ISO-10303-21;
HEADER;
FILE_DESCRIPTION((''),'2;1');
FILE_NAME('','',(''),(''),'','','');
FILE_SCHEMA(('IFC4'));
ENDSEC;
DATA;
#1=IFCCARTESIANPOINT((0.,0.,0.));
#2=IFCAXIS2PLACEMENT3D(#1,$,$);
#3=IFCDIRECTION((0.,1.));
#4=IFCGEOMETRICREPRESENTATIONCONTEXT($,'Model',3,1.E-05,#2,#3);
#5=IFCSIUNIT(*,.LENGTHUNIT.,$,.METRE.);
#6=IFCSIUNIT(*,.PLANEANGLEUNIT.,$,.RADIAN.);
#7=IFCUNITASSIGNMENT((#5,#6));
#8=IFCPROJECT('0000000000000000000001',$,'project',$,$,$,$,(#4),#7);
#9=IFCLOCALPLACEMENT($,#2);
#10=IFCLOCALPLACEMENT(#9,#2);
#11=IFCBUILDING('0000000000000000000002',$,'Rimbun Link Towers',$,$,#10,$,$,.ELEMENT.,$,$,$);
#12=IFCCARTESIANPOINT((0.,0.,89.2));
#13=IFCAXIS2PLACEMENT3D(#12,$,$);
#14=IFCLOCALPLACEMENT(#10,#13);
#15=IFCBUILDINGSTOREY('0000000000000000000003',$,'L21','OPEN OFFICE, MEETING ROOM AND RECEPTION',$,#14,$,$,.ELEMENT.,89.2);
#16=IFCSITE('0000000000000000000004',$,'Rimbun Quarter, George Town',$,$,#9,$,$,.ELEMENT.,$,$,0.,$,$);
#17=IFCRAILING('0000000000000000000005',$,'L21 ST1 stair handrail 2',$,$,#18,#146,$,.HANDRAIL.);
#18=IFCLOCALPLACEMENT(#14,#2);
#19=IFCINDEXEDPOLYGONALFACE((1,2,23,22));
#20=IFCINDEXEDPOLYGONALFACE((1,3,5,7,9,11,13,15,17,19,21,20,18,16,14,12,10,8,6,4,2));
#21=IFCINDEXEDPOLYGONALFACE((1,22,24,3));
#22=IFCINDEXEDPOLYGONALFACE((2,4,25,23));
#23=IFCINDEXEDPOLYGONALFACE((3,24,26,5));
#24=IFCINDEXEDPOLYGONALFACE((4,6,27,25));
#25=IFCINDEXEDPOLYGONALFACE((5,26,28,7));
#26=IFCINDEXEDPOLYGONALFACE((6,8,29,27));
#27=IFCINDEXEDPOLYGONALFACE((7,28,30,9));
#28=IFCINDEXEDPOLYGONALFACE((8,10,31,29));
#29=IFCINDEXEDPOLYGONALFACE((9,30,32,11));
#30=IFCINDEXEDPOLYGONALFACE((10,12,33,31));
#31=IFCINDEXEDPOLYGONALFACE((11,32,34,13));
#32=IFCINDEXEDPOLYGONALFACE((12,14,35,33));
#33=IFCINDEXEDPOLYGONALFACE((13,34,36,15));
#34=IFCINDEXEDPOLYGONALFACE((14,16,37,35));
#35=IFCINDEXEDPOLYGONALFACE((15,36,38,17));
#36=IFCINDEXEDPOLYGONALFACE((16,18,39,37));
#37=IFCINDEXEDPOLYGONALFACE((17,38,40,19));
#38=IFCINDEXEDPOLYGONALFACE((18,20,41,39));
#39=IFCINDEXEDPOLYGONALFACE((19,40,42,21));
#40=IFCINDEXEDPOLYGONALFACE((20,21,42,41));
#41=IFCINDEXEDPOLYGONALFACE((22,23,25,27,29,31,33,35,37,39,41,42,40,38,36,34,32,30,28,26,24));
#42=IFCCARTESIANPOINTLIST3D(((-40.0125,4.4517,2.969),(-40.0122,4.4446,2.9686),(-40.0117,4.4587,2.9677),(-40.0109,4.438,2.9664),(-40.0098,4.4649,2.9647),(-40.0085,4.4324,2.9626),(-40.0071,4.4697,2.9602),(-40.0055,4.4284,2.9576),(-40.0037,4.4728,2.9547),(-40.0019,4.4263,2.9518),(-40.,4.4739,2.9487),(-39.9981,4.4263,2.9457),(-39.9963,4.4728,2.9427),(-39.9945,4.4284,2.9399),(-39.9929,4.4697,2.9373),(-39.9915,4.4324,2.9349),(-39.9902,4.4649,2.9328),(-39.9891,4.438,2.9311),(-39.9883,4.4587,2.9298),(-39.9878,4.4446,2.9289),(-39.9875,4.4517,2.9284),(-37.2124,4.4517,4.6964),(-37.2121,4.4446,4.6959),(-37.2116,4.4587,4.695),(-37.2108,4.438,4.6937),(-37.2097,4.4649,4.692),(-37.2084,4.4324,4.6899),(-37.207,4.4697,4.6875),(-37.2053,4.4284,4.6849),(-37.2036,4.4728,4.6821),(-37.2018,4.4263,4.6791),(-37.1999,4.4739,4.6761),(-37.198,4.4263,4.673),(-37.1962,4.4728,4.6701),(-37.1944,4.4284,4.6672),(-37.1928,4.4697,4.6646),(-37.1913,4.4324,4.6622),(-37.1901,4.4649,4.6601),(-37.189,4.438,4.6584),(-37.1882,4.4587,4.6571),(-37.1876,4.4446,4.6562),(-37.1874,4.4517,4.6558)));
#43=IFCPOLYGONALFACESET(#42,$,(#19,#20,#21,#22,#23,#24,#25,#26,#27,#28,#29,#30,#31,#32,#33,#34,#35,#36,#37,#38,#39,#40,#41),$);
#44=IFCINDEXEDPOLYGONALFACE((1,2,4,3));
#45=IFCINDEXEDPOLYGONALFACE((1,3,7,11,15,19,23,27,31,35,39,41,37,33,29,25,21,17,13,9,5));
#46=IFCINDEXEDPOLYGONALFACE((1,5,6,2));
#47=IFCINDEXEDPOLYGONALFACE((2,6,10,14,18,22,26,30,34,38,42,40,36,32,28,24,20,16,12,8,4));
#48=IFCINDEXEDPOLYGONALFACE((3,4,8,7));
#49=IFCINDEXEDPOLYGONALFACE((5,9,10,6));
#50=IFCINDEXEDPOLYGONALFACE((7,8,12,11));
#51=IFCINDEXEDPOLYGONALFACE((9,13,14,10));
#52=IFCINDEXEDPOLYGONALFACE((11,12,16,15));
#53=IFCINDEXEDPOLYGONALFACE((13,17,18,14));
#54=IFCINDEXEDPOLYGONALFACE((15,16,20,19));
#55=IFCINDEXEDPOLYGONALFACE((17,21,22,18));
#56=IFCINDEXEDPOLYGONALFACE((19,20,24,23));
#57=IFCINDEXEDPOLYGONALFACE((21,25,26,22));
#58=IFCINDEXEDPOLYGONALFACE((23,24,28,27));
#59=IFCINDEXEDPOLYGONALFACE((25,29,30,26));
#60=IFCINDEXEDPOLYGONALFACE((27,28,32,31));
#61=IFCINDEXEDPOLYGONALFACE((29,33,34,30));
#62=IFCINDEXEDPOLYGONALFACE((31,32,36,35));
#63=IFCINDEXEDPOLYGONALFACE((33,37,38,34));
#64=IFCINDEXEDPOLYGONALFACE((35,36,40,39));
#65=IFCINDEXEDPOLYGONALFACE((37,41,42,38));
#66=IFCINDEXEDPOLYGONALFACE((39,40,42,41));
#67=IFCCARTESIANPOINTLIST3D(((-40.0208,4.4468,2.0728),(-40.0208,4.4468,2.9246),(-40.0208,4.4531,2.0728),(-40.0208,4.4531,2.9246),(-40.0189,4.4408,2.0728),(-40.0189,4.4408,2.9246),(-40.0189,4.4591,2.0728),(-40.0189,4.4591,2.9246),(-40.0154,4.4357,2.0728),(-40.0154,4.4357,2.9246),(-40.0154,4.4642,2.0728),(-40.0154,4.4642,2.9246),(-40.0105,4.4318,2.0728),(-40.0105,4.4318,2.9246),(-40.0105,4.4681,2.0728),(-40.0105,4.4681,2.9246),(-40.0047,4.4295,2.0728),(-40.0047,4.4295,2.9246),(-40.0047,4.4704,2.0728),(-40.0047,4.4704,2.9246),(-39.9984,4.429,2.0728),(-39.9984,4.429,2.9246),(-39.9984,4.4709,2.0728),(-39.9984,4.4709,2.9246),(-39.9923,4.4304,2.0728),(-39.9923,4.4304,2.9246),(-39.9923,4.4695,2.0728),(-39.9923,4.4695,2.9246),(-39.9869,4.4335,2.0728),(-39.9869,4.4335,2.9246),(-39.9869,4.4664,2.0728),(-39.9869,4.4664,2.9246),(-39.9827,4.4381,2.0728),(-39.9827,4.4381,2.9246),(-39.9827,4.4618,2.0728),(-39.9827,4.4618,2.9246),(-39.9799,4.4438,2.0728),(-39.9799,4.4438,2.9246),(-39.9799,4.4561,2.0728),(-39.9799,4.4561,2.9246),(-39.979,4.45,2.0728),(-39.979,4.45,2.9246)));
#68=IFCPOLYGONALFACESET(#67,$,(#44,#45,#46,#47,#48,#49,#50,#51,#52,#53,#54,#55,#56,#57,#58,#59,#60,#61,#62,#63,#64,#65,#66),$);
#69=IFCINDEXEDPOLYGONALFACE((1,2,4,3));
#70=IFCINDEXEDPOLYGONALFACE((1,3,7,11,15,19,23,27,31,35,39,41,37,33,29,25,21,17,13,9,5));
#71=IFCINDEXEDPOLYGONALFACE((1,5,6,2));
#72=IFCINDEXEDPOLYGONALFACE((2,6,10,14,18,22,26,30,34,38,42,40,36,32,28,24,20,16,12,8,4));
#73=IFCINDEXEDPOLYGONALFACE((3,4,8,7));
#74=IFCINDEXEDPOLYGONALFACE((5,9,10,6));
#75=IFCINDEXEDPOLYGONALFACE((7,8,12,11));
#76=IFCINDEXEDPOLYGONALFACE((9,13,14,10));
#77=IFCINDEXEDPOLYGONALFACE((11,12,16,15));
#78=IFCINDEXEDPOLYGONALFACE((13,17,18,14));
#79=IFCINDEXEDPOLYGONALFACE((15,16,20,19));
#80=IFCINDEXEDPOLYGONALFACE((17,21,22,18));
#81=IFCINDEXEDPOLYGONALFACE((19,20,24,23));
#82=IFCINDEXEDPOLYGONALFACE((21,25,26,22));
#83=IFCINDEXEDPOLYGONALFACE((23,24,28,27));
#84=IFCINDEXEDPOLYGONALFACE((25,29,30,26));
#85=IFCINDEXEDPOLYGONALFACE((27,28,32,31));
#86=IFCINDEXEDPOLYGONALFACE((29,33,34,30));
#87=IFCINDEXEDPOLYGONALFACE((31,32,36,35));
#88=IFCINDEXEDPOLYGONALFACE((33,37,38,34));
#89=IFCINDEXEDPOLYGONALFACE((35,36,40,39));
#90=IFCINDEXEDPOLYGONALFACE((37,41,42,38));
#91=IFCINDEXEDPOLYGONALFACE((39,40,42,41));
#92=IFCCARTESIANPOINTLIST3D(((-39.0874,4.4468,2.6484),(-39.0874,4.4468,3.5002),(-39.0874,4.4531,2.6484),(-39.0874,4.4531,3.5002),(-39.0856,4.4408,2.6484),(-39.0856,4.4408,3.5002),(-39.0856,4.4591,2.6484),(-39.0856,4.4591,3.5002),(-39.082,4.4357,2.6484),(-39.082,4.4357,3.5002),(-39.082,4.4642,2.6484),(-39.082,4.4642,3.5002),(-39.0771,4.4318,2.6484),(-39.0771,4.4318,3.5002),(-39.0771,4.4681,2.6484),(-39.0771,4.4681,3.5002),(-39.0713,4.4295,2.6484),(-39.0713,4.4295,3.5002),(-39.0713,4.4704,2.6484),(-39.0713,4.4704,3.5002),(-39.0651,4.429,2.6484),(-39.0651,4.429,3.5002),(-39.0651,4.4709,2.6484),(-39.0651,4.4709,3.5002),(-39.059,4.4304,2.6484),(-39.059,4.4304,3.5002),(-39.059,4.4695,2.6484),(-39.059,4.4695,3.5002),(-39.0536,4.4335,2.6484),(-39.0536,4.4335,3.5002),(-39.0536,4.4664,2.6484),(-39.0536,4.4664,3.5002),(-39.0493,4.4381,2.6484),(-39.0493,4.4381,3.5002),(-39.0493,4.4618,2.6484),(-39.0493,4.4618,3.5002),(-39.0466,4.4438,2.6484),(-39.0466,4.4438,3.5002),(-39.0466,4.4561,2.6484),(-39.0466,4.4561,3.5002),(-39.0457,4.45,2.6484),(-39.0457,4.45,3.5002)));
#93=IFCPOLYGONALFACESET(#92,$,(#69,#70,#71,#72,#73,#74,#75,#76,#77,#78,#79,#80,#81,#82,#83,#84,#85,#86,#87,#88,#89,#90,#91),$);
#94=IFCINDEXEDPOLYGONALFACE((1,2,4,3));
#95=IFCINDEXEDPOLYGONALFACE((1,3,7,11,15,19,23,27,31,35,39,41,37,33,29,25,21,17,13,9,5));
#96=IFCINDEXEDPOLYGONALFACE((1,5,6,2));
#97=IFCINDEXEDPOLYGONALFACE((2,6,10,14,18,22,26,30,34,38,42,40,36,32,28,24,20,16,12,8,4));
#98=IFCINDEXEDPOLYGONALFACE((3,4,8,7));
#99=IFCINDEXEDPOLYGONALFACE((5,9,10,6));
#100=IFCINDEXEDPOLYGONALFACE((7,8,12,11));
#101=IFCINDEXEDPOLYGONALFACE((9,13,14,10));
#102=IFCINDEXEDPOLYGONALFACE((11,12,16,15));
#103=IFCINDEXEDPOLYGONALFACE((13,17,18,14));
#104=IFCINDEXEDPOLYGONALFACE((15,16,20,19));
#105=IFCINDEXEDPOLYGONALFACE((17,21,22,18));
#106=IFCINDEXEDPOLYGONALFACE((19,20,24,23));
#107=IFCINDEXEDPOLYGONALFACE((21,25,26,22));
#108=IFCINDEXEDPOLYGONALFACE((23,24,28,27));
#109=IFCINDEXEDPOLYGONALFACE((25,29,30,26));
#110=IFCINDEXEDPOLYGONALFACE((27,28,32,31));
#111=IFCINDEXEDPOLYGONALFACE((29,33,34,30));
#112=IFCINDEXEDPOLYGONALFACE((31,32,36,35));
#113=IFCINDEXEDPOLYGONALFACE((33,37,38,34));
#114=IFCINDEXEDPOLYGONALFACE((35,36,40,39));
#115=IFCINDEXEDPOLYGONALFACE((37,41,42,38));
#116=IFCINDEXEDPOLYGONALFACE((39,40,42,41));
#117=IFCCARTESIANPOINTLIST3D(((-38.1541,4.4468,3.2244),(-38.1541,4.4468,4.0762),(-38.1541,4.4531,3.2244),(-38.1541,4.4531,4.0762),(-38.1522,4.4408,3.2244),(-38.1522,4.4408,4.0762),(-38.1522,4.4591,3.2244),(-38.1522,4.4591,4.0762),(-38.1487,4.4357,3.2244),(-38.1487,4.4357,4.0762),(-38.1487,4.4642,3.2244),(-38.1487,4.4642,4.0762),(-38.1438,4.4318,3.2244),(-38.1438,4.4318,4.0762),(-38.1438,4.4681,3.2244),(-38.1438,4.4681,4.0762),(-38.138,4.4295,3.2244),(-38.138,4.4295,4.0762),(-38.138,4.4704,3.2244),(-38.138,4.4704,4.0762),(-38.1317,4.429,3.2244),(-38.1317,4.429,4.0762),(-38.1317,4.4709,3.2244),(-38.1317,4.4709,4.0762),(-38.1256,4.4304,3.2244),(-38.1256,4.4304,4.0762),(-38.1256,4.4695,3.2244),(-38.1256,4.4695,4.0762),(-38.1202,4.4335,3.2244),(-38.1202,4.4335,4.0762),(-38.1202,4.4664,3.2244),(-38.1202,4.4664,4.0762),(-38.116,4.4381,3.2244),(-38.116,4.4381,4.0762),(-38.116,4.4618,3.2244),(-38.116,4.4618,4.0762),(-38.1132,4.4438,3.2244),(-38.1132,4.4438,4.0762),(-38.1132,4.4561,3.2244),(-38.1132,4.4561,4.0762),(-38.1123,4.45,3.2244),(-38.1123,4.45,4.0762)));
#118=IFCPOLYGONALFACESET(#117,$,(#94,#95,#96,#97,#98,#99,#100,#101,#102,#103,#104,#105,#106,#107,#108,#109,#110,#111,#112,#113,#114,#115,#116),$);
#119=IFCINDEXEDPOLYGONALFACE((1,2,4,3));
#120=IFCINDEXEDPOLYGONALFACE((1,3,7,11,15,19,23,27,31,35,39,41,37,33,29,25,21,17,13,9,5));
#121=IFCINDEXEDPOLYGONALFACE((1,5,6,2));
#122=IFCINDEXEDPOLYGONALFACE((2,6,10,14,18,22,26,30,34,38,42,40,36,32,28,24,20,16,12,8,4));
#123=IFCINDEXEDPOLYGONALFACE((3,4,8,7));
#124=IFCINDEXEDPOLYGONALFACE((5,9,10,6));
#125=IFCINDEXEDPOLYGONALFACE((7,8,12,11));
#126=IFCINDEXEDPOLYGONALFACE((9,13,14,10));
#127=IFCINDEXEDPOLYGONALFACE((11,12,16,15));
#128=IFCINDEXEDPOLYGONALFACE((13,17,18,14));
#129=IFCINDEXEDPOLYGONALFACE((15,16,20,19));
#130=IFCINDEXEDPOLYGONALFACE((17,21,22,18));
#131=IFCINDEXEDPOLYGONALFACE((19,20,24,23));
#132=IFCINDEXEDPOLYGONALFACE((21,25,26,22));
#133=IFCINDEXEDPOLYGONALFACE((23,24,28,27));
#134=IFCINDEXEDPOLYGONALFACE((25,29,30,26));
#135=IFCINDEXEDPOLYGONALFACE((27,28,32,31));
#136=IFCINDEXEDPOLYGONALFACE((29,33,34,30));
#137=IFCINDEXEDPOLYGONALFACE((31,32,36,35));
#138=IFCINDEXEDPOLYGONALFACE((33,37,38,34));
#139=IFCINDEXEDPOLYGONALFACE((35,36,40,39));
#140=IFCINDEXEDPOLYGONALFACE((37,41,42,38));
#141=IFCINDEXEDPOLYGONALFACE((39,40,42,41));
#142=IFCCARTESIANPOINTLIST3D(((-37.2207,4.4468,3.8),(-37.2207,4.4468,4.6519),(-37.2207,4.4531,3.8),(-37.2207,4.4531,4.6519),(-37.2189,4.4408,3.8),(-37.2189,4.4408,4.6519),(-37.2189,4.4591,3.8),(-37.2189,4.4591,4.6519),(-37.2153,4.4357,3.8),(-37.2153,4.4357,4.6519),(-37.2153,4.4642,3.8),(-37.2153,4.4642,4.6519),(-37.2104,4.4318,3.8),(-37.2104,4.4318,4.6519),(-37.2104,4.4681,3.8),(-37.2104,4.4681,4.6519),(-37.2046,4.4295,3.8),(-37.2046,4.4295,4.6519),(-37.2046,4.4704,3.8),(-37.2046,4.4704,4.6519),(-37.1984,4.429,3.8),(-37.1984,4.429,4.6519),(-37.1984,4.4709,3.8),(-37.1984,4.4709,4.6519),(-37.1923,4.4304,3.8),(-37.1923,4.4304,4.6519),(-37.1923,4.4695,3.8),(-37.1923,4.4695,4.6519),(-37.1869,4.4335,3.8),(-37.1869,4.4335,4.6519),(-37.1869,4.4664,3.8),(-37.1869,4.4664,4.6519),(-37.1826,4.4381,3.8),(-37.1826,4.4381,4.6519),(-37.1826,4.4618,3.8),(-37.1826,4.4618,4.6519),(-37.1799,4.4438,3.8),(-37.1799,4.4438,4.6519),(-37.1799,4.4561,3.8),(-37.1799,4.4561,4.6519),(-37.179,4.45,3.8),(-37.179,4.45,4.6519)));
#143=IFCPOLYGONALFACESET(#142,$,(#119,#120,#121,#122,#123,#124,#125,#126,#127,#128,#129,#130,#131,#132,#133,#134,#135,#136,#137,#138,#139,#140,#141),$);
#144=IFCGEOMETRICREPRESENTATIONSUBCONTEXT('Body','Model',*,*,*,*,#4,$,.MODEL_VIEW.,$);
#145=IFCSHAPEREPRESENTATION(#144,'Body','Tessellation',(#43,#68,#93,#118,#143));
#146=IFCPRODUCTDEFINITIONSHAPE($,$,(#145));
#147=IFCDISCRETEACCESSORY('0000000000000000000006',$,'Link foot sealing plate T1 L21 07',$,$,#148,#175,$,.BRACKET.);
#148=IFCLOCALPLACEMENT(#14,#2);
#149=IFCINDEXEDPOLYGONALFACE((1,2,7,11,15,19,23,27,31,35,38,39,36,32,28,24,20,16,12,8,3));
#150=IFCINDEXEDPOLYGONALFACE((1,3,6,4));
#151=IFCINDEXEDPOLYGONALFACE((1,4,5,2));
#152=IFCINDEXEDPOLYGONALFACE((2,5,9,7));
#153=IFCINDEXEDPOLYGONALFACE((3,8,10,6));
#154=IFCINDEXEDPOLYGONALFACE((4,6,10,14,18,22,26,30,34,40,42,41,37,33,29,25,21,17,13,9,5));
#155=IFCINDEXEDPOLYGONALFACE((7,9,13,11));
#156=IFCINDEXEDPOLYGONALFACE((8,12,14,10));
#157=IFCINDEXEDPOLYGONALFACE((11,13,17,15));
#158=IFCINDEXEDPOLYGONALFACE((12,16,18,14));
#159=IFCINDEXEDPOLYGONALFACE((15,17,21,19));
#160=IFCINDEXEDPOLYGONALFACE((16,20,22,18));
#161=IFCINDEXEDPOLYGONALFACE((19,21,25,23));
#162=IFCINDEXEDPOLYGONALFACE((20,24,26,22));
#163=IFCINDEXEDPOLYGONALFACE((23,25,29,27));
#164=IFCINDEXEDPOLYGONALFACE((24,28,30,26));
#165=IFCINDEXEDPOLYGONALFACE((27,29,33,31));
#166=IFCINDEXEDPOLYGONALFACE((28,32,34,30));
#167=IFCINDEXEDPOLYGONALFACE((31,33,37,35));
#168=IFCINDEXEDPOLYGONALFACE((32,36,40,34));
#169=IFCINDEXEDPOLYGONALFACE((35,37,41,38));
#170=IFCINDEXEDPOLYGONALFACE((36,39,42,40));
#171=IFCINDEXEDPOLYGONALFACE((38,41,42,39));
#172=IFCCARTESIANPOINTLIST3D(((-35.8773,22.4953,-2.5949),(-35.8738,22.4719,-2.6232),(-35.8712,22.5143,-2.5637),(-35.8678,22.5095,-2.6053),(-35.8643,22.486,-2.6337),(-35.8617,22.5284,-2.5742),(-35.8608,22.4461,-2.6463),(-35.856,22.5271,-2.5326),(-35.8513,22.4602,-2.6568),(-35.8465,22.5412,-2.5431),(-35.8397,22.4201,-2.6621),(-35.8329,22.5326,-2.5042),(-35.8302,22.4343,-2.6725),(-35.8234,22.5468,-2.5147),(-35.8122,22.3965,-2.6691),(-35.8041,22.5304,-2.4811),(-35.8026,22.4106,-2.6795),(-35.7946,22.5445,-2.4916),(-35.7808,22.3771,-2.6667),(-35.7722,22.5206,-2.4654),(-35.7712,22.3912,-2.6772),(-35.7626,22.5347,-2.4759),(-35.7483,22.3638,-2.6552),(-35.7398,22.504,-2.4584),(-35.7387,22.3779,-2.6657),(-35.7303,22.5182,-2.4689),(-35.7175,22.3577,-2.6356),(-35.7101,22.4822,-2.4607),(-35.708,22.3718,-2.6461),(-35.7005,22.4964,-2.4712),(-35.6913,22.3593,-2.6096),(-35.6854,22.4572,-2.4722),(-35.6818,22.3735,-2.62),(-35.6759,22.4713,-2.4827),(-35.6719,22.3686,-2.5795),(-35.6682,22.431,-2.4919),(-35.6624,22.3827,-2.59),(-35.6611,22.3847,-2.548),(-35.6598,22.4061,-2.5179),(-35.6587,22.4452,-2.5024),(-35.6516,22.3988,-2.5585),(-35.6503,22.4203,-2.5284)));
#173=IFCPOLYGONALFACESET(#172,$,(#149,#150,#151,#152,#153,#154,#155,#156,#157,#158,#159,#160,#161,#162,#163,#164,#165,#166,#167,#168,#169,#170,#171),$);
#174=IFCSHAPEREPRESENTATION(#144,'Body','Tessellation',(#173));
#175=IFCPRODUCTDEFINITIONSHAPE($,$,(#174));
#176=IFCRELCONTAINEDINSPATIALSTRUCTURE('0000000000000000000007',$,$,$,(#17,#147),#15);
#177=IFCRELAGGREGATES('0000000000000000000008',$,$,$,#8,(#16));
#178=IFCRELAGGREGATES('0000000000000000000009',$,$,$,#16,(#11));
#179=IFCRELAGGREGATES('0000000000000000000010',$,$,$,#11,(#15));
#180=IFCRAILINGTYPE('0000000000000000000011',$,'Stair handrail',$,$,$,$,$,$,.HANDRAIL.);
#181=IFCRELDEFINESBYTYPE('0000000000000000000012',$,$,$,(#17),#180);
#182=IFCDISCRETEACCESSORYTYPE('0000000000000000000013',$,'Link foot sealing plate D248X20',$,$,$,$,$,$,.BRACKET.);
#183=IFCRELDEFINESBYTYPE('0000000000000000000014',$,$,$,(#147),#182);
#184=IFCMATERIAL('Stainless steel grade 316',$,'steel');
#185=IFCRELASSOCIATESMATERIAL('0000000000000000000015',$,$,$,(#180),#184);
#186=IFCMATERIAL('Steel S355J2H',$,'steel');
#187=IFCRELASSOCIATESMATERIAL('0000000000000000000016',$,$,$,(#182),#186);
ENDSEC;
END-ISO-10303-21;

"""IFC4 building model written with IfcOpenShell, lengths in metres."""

from ifc_helpers import new_model, si_unit, direction, frame, origin, origin_2d, place, context, subcontext, project, spatial, circle, extrude, material, material_profile, profile_set, type_object, element, save


model = new_model("IFC4")

# Units and contexts
model_context = context("Model", 3, precision=1e-05, world=origin(), true_north=direction((0.0, 1.0)))
body_context = subcontext(model_context, "Body", "Model", "MODEL_VIEW")
ifc_project = project(units=[si_unit("LENGTHUNIT", "METRE"), si_unit("PLANEANGLEUNIT", "RADIAN")], contexts=[model_context])

# Site, building, storey
site_placement = place(None, origin())
site = spatial("IfcSite", under=ifc_project, at=site_placement, Name="Rimbun Quarter, George Town", CompositionType="ELEMENT", RefElevation=0.0)
building_placement = place(site_placement, origin())
building = spatial("IfcBuilding", under=site, at=building_placement, Name="Rimbun Link Towers", CompositionType="ELEMENT")
storey_placement = place(building_placement, frame((0.0, 0.0, 89.2)))
storey = spatial("IfcBuildingStorey", under=building, at=storey_placement, Name="L21", Description="OPEN OFFICE, MEETING ROOM AND RECEPTION", CompositionType="ELEMENT", Elevation=89.2)

# Railing
ifc_material_1 = material(Name="Stainless steel grade 316", Category="steel")
railing_type_1 = type_object("IfcRailingType", Name="Stair handrail", PredefinedType="HANDRAIL", material=ifc_material_1)
railing_1_placement = place(storey_placement, frame((-40.0, 4.45, 2.0728)))
element("IfcRailing", 1, at=railing_1_placement, inside=storey, type_object=railing_type_1, Name="L21 ST1 stair handrail 2", PredefinedType="HANDRAIL", context=body_context, shape_type="SweptSolid", body=[
    extrude(circle(Radius=0.0239, at=origin_2d()), frame((0.0, 0.0, 0.876), z_axis=(0.85109, 0.0, 0.52502), x_axis=(0.0, 1.0, 0.0)), (0.0, 0.0, 1.0), 3.29),
    extrude(circle(Radius=0.021, at=origin_2d()), origin(), (0.0, 0.0, 1.0), 0.8518),
    extrude(circle(Radius=0.021, at=origin_2d()), frame((0.9333, 0.0, 0.5757)), (0.0, 0.0, 1.0), 0.8518),
    extrude(circle(Radius=0.021, at=origin_2d()), frame((1.8667, 0.0, 1.1516)), (0.0, 0.0, 1.0), 0.8518),
    extrude(circle(Radius=0.021, at=origin_2d()), frame((2.8, 0.0, 1.7273)), (0.0, 0.0, 1.0), 0.8518),
])

# Discrete accessory
ifc_material_2 = material(Name="Steel S355J2H", Category="steel")
ifc_material_profile_1 = material_profile(ifc_material_2, circle(Radius=0.124, at=origin_2d()), Name="PL D248")
ifc_profile_set_1 = profile_set([ifc_material_profile_1], Name="Steel S355J2H")
discrete_accessory_type = type_object("IfcDiscreteAccessoryType", Name="Link foot sealing plate D248X20", PredefinedType="BRACKET", material=ifc_profile_set_1)
discrete_accessory_placement = place(storey_placement, frame((-35.7683, 22.4451, -2.5637), z_axis=(0.475256, 0.706792, -0.524001), x_axis=(-0.829843, 0.557998, 0.0)))
element("IfcDiscreteAccessory", 2, at=discrete_accessory_placement, inside=storey, type_object=discrete_accessory_type, Name="Link foot sealing plate T1 L21 07", PredefinedType="BRACKET", context=body_context, shape_type="SweptSolid", body=[
    extrude(circle(Radius=0.124, at=origin_2d()), origin(), (0.0, 0.0, 1.0), 0.02),
])

save(model, "model.ifc")
